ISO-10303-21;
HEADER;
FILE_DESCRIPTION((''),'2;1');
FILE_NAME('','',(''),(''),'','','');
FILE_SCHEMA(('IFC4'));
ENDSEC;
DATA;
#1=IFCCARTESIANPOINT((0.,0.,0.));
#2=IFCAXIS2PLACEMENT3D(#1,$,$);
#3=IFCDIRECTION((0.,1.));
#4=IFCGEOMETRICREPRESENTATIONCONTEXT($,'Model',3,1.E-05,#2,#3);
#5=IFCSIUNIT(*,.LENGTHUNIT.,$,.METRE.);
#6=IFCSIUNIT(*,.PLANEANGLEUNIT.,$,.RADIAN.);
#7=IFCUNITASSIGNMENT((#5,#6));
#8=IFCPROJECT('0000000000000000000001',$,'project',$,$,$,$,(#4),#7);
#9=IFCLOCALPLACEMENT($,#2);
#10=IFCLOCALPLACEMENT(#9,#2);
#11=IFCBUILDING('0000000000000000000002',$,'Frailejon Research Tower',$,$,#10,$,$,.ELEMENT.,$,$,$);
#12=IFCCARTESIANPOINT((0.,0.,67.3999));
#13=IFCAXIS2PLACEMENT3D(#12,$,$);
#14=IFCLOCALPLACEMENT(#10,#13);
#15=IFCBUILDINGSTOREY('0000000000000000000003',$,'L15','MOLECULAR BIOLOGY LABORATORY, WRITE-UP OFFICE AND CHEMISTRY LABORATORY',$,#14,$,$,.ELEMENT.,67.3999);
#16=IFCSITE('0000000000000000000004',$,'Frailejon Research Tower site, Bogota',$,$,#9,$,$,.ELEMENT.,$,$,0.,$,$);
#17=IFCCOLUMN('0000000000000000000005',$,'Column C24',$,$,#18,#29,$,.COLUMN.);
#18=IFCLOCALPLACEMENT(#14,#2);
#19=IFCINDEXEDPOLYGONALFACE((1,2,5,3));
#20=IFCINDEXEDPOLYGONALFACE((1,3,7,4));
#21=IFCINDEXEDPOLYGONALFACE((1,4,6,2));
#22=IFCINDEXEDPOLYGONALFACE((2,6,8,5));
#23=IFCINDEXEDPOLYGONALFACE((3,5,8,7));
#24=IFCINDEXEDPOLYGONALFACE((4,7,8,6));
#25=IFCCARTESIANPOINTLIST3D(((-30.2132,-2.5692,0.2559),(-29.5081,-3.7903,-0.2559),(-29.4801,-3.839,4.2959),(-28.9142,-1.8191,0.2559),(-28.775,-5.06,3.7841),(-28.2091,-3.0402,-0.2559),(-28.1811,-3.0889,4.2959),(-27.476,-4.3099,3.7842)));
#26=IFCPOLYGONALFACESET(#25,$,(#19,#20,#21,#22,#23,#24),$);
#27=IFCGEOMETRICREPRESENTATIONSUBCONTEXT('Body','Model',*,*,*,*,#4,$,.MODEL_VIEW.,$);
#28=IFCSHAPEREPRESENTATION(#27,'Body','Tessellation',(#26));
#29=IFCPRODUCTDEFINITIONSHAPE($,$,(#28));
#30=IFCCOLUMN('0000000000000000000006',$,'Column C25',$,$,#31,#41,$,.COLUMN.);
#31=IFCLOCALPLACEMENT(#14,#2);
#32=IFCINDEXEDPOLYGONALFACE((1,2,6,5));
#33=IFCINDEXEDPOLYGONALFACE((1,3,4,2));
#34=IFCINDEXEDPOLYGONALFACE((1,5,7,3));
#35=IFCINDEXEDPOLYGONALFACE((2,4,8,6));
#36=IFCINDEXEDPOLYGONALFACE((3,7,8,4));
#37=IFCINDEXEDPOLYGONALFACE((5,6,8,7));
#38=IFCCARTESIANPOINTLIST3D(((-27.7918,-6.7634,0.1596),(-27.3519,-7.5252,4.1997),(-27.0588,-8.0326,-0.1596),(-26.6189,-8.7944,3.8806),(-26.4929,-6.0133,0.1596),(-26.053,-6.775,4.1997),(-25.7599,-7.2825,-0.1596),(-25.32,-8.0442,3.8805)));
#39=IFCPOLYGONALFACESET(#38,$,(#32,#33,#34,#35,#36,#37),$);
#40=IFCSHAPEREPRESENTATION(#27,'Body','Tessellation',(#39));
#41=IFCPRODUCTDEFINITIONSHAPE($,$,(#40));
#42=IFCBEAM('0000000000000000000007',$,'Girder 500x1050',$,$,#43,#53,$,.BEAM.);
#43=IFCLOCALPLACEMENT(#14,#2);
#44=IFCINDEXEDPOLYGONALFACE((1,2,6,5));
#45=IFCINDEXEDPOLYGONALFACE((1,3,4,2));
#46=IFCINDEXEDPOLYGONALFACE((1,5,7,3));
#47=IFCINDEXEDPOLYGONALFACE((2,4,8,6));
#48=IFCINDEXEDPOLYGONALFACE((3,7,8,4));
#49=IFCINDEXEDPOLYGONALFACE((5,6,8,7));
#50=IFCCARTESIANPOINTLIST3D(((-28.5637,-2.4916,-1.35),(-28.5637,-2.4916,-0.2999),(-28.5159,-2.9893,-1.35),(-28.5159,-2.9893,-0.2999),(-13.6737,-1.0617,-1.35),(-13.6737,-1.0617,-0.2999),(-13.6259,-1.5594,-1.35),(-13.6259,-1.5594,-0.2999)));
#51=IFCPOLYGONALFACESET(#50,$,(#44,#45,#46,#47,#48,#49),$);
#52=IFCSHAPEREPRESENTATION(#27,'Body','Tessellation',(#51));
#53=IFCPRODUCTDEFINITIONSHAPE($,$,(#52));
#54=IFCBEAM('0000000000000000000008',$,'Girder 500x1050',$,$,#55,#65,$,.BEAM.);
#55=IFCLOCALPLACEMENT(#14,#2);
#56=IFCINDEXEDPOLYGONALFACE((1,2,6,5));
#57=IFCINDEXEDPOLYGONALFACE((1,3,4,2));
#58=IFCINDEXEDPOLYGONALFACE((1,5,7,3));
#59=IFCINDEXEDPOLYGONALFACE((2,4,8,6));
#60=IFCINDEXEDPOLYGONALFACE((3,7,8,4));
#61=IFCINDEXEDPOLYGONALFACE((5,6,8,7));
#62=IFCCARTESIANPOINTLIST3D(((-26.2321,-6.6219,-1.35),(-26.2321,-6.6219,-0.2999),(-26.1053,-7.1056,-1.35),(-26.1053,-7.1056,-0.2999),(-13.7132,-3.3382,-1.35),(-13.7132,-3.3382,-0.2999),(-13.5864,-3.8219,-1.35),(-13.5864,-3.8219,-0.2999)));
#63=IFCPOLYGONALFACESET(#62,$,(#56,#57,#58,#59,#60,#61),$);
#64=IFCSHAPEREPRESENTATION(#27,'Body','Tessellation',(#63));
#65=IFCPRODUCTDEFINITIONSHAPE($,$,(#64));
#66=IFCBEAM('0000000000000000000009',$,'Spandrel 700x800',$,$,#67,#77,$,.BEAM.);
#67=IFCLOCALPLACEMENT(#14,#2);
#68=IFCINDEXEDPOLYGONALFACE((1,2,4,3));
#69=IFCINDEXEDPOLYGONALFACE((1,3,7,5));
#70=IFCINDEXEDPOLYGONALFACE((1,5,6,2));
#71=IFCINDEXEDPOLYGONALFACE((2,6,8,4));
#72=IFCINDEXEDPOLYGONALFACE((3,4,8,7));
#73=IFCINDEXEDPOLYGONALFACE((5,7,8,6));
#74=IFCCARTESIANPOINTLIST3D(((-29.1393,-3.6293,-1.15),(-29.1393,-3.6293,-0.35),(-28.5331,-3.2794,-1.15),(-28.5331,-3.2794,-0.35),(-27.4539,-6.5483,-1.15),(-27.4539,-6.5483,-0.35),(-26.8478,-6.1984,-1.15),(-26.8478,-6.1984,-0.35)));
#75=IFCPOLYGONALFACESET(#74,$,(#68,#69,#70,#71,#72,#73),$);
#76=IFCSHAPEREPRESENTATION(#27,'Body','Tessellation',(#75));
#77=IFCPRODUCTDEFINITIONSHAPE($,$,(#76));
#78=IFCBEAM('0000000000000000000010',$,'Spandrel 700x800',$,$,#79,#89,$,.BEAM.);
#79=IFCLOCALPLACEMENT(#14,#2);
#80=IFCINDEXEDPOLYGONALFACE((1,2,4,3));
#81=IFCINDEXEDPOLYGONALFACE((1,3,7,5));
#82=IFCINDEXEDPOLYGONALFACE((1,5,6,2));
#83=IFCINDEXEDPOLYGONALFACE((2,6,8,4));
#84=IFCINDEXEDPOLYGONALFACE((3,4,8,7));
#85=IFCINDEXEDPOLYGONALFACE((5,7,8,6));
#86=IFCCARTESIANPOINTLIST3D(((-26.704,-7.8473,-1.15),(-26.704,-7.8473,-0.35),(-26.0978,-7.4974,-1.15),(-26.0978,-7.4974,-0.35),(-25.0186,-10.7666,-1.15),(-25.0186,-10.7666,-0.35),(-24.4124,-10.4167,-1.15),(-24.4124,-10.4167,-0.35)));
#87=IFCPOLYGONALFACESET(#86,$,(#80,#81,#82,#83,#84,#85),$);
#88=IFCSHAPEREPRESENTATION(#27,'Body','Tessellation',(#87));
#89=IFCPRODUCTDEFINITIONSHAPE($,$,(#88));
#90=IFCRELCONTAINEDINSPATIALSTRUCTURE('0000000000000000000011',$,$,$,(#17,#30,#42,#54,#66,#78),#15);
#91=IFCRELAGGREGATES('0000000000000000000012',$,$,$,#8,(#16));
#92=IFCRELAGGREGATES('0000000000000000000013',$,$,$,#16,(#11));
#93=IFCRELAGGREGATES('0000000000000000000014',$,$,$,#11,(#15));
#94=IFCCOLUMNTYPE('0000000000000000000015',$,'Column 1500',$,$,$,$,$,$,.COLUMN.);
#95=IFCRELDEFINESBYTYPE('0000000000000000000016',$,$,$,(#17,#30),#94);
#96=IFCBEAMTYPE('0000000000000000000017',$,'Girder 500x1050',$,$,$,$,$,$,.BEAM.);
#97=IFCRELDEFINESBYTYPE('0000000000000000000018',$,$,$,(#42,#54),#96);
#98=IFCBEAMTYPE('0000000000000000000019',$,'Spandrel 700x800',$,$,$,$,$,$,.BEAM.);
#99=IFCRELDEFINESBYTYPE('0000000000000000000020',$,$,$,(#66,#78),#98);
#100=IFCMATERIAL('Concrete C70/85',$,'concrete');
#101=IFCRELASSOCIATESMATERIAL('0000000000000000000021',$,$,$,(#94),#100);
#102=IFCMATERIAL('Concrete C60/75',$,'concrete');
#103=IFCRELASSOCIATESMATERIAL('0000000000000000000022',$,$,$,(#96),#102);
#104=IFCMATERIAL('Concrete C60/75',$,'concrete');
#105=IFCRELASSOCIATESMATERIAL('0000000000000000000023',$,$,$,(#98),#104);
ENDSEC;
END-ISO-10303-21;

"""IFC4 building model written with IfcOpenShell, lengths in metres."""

from ifc_helpers import new_model, si_unit, direction, frame, origin, origin_2d, place, context, subcontext, project, spatial, rectangle, extrude, material, material_profile, profile_set, type_object, element, save


model = new_model("IFC4")

# Units and contexts
model_context = context("Model", 3, precision=1e-05, world=origin(), true_north=direction((0.0, 1.0)))
body_context = subcontext(model_context, "Body", "Model", "MODEL_VIEW")
ifc_project = project(units=[si_unit("LENGTHUNIT", "METRE"), si_unit("PLANEANGLEUNIT", "RADIAN")], contexts=[model_context])

# Site, building, storey
site_placement = place(None, origin())
site = spatial("IfcSite", under=ifc_project, at=site_placement, Name="Frailejon Research Tower site, Bogota", CompositionType="ELEMENT", RefElevation=0.0)
building_placement = place(site_placement, origin())
building = spatial("IfcBuilding", under=site, at=building_placement, Name="Frailejon Research Tower", CompositionType="ELEMENT")
storey_placement = place(building_placement, frame((0.0, 0.0, 67.3999)))
storey = spatial("IfcBuildingStorey", under=building, at=storey_placement, Name="L15", Description="MOLECULAR BIOLOGY LABORATORY, WRITE-UP OFFICE AND CHEMISTRY LABORATORY", CompositionType="ELEMENT", Elevation=67.3999)

# Columns
ifc_material_1 = material(Name="Concrete C70/85", Category="concrete")
ifc_material_profile_1 = material_profile(ifc_material_1, rectangle(XDim=1.5, YDim=1.5, at=origin_2d()), Name="Column 1500")
ifc_profile_set_1 = profile_set([ifc_material_profile_1], Name="Concrete C70/85")
column_type = type_object("IfcColumnType", Name="Column 1500", PredefinedType="COLUMN", material=ifc_profile_set_1)
column_1_placement = place(storey_placement, frame((-29.2112, -2.8047, 0.0), z_axis=(0.170585, -0.295442, 0.940008), x_axis=(0.470058, -0.814039, -0.341153)))
element("IfcColumn", 1, at=column_1_placement, inside=storey, type_object=column_type, Name="Column C24", PredefinedType="COLUMN", context=body_context, shape_type="SweptSolid", body=[
    extrude(rectangle(XDim=1.5, YDim=1.5, at=origin_2d()), origin(), (0.0, 0.0, 1.0), 4.2979),
])
column_2_placement = place(storey_placement, frame((-26.7759, -7.0229, 0.0), z_axis=(0.106402, -0.184226, 0.977108), x_axis=(0.488665, -0.846136, -0.212746)))
element("IfcColumn", 2, at=column_2_placement, inside=storey, type_object=column_type, Name="Column C25", PredefinedType="COLUMN", context=body_context, shape_type="SweptSolid", body=[
    extrude(rectangle(XDim=1.5, YDim=1.5, at=origin_2d()), origin(), (0.0, 0.0, 1.0), 4.1348),
])

# Beams
ifc_material_2 = material(Name="Concrete C60/75", Category="concrete")
ifc_material_profile_2 = material_profile(ifc_material_2, rectangle(XDim=0.5, YDim=1.05, at=origin_2d()), Name="Girder 500x1050")
ifc_profile_set_2 = profile_set([ifc_material_profile_2], Name="Concrete C60/75")
beam_type_1 = type_object("IfcBeamType", Name="Girder 500x1050", PredefinedType="BEAM", material=ifc_profile_set_2)
beam_1_placement = place(storey_placement, frame((-28.5398, -2.7405, -0.825), z_axis=(0.99542, 0.095594, 0.0), x_axis=(-0.095594, 0.99542, 0.0)))
element("IfcBeam", 3, at=beam_1_placement, inside=storey, type_object=beam_type_1, Name="Girder 500x1050", PredefinedType="BEAM", context=body_context, shape_type="SweptSolid", body=[
    extrude(rectangle(XDim=0.5, YDim=1.05, at=origin_2d()), origin(), (0.0, 0.0, 1.0), 14.9585),
])
beam_2_placement = place(storey_placement, frame((-26.1687, -6.8638, -0.825), z_axis=(0.967278, 0.253718, 0.0), x_axis=(-0.253718, 0.967278, 0.0)))
element("IfcBeam", 4, at=beam_2_placement, inside=storey, type_object=beam_type_1, Name="Girder 500x1050", PredefinedType="BEAM", context=body_context, shape_type="SweptSolid", body=[
    extrude(rectangle(XDim=0.5, YDim=1.05, at=origin_2d()), origin(), (0.0, 0.0, 1.0), 12.9424),
])
ifc_material_3 = material(Name="Concrete C60/75", Category="concrete")
ifc_material_profile_3 = material_profile(ifc_material_3, rectangle(XDim=0.7, YDim=0.8, at=origin_2d()), Name="Spandrel 700x800")
ifc_profile_set_3 = profile_set([ifc_material_profile_3], Name="Concrete C60/75")
beam_type_2 = type_object("IfcBeamType", Name="Spandrel 700x800", PredefinedType="BEAM", material=ifc_profile_set_3)
beam_3_placement = place(storey_placement, frame((-28.8362, -3.4543, -0.75), z_axis=(0.500011, -0.866019, 0.0), x_axis=(0.866019, 0.500011, 0.0)))
element("IfcBeam", 5, at=beam_3_placement, inside=storey, type_object=beam_type_2, Name="Spandrel 700x800", PredefinedType="BEAM", context=body_context, shape_type="SweptSolid", body=[
    extrude(rectangle(XDim=0.7, YDim=0.8, at=origin_2d()), origin(), (0.0, 0.0, 1.0), 3.3706),
])
beam_4_placement = place(storey_placement, frame((-26.4009, -7.6724, -0.75), z_axis=(0.49998, -0.866037, 0.0), x_axis=(0.866037, 0.49998, 0.0)))
element("IfcBeam", 6, at=beam_4_placement, inside=storey, type_object=beam_type_2, Name="Spandrel 700x800", PredefinedType="BEAM", context=body_context, shape_type="SweptSolid", body=[
    extrude(rectangle(XDim=0.7, YDim=0.8, at=origin_2d()), origin(), (0.0, 0.0, 1.0), 3.3708),
])

save(model, "model.ifc")
